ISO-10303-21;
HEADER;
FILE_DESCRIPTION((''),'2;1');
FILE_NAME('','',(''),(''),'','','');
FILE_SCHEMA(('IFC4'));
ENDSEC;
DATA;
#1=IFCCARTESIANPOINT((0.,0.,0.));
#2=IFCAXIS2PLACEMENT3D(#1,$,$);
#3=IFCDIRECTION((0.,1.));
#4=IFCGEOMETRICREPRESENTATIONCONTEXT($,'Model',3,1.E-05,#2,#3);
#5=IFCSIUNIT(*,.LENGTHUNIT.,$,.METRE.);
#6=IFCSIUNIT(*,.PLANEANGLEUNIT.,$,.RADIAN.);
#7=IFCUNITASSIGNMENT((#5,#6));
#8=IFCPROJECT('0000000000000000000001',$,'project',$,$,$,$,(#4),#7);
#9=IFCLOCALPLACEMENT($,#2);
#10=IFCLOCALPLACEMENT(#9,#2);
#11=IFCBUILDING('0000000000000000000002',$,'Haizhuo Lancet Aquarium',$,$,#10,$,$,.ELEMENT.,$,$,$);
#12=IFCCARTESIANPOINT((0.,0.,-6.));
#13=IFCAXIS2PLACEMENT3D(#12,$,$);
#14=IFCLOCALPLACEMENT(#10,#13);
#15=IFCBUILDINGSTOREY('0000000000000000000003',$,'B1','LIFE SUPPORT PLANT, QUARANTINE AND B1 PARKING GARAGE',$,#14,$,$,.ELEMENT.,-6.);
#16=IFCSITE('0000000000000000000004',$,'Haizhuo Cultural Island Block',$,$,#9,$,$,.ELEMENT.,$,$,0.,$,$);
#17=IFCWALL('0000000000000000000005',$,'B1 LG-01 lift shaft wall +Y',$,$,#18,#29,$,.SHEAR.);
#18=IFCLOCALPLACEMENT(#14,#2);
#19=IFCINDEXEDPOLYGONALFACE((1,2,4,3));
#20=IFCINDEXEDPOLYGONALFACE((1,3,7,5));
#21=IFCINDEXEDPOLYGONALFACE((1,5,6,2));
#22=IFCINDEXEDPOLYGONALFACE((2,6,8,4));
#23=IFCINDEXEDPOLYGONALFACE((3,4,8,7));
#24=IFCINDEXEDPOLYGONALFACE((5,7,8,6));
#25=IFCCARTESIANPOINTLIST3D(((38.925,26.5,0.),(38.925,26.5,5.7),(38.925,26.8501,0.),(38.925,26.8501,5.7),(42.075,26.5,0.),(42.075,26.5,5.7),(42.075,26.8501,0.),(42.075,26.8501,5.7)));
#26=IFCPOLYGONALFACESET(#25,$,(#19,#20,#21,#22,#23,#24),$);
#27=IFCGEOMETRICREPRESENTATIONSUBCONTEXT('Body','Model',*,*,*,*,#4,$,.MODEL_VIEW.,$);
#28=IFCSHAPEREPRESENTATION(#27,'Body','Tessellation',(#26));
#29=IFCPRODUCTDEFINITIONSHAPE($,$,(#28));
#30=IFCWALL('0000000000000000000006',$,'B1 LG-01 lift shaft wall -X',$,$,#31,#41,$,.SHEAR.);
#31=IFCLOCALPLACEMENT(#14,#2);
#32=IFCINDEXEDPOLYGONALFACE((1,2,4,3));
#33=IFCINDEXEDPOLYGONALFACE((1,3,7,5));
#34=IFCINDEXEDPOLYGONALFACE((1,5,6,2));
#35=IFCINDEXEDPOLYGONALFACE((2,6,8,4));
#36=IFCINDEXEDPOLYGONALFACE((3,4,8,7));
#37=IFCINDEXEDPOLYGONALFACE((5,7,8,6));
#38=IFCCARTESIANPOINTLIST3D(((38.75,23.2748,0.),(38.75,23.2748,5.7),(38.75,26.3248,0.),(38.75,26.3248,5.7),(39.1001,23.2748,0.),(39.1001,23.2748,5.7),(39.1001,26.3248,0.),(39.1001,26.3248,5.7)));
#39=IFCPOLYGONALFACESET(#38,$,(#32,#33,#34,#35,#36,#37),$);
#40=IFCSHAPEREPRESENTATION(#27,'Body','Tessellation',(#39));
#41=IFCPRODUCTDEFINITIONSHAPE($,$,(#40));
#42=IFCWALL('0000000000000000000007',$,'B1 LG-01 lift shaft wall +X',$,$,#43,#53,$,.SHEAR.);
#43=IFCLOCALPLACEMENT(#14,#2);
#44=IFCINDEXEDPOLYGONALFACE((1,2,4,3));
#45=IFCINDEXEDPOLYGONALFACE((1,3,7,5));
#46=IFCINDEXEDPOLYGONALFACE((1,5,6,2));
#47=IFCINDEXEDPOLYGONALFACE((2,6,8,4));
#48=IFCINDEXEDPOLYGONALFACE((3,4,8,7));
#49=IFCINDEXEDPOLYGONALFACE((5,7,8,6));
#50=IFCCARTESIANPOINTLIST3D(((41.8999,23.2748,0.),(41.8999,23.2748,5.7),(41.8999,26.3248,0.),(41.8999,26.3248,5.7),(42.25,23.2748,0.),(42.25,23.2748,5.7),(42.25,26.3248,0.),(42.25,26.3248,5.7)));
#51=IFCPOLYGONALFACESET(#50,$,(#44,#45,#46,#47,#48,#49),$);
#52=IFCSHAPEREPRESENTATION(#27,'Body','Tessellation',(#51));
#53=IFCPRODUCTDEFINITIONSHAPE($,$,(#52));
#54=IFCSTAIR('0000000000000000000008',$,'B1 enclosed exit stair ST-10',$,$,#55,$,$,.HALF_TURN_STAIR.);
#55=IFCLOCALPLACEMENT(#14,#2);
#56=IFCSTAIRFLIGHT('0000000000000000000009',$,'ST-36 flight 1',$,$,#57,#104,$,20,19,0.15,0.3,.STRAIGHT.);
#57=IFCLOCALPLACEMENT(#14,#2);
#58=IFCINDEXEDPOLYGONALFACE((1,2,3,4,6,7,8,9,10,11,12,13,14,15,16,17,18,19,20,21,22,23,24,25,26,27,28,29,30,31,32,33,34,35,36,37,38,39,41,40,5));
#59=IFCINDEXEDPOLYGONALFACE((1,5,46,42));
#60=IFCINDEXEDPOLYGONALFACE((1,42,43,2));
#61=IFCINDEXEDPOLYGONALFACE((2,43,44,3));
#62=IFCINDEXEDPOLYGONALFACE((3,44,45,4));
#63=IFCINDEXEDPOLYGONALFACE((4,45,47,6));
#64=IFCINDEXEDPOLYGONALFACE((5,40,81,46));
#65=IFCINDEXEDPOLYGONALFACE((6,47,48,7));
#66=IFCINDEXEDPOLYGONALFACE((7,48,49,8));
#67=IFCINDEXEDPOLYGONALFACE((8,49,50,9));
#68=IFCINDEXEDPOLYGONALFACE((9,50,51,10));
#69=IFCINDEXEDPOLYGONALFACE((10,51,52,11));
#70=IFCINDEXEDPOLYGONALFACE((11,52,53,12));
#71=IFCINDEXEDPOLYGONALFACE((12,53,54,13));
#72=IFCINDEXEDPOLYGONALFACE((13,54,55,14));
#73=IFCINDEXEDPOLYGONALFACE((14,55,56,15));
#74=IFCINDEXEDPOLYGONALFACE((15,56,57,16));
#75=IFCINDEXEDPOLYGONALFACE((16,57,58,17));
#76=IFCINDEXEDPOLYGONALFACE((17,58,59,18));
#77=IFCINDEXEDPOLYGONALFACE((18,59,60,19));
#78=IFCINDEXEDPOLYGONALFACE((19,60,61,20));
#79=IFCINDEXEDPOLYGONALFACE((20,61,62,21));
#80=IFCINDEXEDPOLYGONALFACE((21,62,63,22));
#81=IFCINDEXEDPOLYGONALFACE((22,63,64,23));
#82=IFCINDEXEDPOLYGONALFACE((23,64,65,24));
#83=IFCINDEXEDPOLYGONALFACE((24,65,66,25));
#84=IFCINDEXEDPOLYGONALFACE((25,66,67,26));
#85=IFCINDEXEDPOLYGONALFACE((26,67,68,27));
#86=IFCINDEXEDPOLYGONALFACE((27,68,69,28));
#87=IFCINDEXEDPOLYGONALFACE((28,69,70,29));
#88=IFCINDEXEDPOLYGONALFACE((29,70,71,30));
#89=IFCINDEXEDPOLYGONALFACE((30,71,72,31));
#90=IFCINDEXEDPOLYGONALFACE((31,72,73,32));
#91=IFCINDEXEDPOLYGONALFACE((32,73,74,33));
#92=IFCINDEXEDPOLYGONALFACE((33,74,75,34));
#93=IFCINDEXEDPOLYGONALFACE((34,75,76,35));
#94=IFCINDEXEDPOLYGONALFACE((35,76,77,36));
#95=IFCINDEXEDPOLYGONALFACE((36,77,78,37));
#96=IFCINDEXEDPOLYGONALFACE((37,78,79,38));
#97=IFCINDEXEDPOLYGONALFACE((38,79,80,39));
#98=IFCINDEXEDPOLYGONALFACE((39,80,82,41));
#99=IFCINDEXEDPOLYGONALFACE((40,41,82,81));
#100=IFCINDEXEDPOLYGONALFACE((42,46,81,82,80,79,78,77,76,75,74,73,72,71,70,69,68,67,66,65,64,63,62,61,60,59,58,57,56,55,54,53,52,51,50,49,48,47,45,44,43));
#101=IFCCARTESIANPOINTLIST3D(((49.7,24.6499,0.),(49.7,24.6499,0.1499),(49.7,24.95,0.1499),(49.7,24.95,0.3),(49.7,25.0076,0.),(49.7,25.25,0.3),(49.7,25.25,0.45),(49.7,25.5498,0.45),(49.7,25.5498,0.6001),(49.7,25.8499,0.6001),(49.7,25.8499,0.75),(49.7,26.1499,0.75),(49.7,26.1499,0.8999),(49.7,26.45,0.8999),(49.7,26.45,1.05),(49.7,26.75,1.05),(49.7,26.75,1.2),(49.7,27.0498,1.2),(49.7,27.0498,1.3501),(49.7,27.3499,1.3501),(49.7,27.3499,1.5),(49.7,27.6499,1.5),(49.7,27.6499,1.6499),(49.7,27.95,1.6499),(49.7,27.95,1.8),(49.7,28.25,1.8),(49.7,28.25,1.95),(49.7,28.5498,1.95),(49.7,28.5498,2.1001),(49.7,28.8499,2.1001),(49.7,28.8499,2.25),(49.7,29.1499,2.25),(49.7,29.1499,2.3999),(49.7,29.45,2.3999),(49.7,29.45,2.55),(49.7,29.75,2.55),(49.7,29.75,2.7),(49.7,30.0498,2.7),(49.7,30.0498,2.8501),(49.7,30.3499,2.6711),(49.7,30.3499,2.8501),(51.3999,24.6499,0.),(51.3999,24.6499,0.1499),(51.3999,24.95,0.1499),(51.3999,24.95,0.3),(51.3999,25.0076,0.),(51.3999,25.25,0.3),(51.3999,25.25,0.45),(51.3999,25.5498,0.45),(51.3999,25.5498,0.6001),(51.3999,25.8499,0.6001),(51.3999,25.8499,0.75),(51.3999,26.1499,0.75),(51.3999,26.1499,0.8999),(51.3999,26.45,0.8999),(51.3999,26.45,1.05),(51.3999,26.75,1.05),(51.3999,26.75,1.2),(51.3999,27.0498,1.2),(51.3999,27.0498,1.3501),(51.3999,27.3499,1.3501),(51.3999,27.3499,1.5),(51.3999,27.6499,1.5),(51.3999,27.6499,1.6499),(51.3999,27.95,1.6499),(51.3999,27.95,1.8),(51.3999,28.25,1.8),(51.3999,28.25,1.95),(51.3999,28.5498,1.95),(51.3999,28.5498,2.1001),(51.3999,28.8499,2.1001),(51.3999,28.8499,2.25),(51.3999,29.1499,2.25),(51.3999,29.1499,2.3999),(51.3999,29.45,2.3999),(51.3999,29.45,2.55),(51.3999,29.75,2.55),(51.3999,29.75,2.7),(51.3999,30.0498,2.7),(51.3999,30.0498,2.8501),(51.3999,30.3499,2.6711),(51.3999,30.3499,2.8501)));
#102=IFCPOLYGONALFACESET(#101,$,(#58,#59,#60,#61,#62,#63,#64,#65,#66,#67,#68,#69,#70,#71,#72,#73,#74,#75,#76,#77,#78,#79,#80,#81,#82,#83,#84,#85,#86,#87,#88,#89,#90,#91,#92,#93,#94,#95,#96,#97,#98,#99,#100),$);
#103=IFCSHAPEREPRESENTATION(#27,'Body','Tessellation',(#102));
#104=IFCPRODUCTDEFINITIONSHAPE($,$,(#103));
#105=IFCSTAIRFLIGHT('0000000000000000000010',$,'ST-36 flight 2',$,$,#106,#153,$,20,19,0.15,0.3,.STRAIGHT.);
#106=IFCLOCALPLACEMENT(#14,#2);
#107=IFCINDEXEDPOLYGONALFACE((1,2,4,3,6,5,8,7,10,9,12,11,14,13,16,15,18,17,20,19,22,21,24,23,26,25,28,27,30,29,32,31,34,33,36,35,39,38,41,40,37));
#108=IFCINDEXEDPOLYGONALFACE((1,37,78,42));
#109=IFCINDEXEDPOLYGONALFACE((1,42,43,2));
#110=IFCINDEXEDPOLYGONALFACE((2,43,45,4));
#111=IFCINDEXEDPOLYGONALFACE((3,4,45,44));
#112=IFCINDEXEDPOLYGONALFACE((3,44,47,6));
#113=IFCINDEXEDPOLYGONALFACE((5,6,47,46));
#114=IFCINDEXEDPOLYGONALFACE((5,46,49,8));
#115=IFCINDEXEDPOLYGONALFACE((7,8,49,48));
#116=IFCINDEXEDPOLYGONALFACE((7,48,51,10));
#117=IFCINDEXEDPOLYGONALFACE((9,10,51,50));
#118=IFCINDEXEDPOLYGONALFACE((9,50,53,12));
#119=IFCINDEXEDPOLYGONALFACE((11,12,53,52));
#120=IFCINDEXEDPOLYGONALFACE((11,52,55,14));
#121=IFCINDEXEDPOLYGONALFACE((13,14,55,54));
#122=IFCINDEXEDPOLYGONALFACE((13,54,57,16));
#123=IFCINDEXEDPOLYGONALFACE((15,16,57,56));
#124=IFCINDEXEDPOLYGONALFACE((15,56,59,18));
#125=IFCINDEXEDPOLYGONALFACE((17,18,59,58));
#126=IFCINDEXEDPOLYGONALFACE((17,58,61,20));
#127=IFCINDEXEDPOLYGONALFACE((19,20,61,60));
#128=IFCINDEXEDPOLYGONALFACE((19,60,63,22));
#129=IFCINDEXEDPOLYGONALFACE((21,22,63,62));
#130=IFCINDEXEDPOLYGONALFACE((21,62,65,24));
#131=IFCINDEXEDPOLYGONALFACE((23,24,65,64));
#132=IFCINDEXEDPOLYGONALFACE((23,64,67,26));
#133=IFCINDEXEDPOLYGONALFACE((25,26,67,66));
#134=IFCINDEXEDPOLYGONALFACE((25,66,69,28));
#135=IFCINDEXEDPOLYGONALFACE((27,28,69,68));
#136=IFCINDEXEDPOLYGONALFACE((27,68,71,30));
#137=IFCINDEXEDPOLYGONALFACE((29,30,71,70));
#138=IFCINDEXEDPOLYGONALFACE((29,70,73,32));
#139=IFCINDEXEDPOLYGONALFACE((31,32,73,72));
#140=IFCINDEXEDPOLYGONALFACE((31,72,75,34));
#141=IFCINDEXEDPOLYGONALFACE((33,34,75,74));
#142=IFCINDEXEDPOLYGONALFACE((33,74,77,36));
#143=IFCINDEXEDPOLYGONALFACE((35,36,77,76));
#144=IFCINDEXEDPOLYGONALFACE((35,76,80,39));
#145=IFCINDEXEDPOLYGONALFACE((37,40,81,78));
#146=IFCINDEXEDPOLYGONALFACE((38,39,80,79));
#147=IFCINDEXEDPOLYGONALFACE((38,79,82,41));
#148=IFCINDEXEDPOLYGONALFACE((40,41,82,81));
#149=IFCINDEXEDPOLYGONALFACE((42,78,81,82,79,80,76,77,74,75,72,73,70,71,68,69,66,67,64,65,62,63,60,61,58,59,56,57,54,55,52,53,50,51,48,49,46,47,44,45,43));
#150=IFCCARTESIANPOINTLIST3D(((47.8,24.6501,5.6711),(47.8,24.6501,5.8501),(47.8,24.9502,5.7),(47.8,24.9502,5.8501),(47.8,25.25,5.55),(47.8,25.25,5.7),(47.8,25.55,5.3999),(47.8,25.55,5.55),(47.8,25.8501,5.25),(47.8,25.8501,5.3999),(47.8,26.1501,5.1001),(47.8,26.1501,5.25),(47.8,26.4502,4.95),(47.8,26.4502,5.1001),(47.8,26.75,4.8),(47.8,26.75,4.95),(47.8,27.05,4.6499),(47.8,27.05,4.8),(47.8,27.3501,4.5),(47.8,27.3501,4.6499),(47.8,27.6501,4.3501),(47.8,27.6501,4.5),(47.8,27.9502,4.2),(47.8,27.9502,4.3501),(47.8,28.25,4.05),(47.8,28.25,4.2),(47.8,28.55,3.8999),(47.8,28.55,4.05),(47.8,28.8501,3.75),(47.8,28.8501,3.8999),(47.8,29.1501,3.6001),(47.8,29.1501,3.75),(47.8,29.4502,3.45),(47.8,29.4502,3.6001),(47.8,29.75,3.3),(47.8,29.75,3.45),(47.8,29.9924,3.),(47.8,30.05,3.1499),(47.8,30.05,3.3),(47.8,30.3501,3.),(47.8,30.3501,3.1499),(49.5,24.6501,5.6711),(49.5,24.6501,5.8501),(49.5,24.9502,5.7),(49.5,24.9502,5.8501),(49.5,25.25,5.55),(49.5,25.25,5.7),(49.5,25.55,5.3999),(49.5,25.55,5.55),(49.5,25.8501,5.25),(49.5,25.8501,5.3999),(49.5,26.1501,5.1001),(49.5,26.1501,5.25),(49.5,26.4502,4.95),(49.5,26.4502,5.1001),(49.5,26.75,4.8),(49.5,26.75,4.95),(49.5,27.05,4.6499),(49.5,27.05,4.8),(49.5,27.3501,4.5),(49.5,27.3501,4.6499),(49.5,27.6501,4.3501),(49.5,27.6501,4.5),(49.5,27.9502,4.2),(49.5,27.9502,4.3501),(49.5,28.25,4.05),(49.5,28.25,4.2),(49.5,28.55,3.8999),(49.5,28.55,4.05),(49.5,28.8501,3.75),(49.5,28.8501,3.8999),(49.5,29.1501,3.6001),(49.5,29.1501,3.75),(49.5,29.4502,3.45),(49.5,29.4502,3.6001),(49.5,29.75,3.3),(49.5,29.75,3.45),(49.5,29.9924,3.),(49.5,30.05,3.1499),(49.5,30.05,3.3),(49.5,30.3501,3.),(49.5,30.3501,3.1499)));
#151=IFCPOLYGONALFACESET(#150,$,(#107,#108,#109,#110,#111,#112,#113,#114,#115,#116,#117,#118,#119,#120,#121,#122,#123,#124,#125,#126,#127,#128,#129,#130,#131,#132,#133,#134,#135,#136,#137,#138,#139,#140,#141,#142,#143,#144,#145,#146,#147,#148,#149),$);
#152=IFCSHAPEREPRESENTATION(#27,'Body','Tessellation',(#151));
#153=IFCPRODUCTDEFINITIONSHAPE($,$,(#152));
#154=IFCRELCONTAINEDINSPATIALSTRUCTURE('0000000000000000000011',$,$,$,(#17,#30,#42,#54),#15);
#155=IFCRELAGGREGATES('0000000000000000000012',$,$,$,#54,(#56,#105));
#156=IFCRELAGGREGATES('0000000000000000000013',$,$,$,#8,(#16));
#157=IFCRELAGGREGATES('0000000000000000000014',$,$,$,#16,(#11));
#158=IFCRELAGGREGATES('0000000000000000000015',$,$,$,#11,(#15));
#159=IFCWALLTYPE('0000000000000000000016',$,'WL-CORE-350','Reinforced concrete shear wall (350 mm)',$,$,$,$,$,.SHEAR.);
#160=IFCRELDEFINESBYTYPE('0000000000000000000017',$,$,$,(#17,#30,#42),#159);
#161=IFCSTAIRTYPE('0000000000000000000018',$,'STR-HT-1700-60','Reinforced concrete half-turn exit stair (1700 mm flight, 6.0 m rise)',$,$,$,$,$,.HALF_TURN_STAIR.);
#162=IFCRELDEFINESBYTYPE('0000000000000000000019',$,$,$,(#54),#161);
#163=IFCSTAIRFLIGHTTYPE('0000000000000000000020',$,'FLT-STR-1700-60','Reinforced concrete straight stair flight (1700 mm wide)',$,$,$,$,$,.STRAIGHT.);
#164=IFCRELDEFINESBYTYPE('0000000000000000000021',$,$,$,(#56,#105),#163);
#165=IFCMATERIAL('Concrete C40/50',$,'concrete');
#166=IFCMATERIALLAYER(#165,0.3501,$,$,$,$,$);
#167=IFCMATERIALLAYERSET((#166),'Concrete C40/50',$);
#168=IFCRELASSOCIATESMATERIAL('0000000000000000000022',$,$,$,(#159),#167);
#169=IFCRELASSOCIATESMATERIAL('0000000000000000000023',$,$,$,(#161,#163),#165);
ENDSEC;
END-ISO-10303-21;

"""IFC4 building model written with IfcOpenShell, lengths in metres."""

from ifc_helpers import new_model, si_unit, direction, frame, frame_2d, origin, place, context, subcontext, project, spatial, polyline, rectangle, outline, extrude, material, layer, layer_set, type_object, element, aggregate, save


model = new_model("IFC4")

# Units and contexts
model_context = context("Model", 3, precision=1e-05, world=origin(), true_north=direction((0.0, 1.0)))
body_context = subcontext(model_context, "Body", "Model", "MODEL_VIEW")
ifc_project = project(units=[si_unit("LENGTHUNIT", "METRE"), si_unit("PLANEANGLEUNIT", "RADIAN")], contexts=[model_context])

# Site, building, storey
site_placement = place(None, origin())
site = spatial("IfcSite", under=ifc_project, at=site_placement, Name="Haizhuo Cultural Island Block", CompositionType="ELEMENT", RefElevation=0.0)
building_placement = place(site_placement, origin())
building = spatial("IfcBuilding", under=site, at=building_placement, Name="Haizhuo Lancet Aquarium", CompositionType="ELEMENT")
storey_placement = place(building_placement, frame((0.0, 0.0, -6.0)))
storey = spatial("IfcBuildingStorey", under=building, at=storey_placement, Name="B1", Description="LIFE SUPPORT PLANT, QUARANTINE AND B1 PARKING GARAGE", CompositionType="ELEMENT", Elevation=-6.0)

# Shared definitions
ifc_material_1 = material(Name="Concrete C40/50", Category="concrete")

# Shared definitions
ifc_layer = layer(ifc_material_1, 0.3501)
ifc_layer_set = layer_set([ifc_layer], Name="Concrete C40/50")
wall_type = type_object("IfcWallType", Name="WL-CORE-350", Description="Reinforced concrete shear wall (350 mm)", PredefinedType="SHEAR", material=ifc_layer_set)

# Walls
wall_1_placement = place(storey_placement, frame((42.075, 26.675, 0.0), z_axis=(0.0, 0.0, 1.0), x_axis=(-1.0, 0.0, 0.0)))
element("IfcWall", 1, at=wall_1_placement, inside=storey, type_object=wall_type, Name="B1 LG-01 lift shaft wall +Y", PredefinedType="SHEAR", context=body_context, shape_type="SweptSolid", body=[
    extrude(rectangle(XDim=3.1499, YDim=0.3501, at=frame_2d((1.575, 0.0))), origin(), (0.0, 0.0, 1.0), 5.7),
])
for number, where, z_axis, x_axis, name in (
    (2, (38.925, 23.2749, 0.0), (0.0, 0.0, 1.0), (0.0, 1.0, 0.0), "B1 LG-01 lift shaft wall -X"),
    (3, (42.075, 23.2749, 0.0), (0.0, 0.0, 1.0), (0.0, 1.0, 0.0), "B1 LG-01 lift shaft wall +X"),
):
    element("IfcWall", number, at=place(storey_placement, frame(where, z_axis=z_axis, x_axis=x_axis)), inside=storey, type_object=wall_type, Name=name, PredefinedType="SHEAR", context=body_context, shape_type="SweptSolid", body=[
        extrude(rectangle(XDim=3.05, YDim=0.3501, at=frame_2d((1.5249, 0.0))), origin(), (0.0, 0.0, 1.0), 5.7),
    ])

# Stair, stair flights
stair_type = type_object("IfcStairType", Name="STR-HT-1700-60", Description="Reinforced concrete half-turn exit stair (1700 mm flight, 6.0 m rise)", PredefinedType="HALF_TURN_STAIR", material=ifc_material_1)
stair_placement = place(storey_placement, origin())
stair = element("IfcStair", 4, at=stair_placement, inside=storey, type_object=stair_type, Name="B1 enclosed exit stair ST-10", PredefinedType="HALF_TURN_STAIR")
stair_flight_type = type_object("IfcStairFlightType", Name="FLT-STR-1700-60", Description="Reinforced concrete straight stair flight (1700 mm wide)", PredefinedType="STRAIGHT", material=ifc_material_1)
stair_flight_1_placement = place(storey_placement, frame((50.55, 24.6499, 0.0), z_axis=(0.0, 0.0, 1.0), x_axis=(0.0, 1.0, 0.0)))
stair_flight_1 = element("IfcStairFlight", 5, at=stair_flight_1_placement, type_object=stair_flight_type, Name="ST-36 flight 1", NumberOfRisers=20, NumberOfTreads=19, PredefinedType="STRAIGHT", RiserHeight=0.15, TreadLength=0.3, context=body_context, shape_type="SweptSolid", body=[
    extrude(outline(polyline([(0.0, 0.0), (0.0, 0.1499), (0.3, 0.1499), (0.3, 0.3), (0.6001, 0.3), (0.6001, 0.45), (0.8999, 0.45), (0.8999, 0.6001), (1.2, 0.6001), (1.2, 0.75), (1.5, 0.75), (1.5, 0.8999), (1.8, 0.8999), (1.8, 1.05), (2.1001, 1.05), (2.1001, 1.2), (2.3999, 1.2), (2.3999, 1.3501), (2.7, 1.3501), (2.7, 1.5), (3.0, 1.5), (3.0, 1.6499), (3.3, 1.6499), (3.3, 1.8), (3.6001, 1.8), (3.6001, 1.95), (3.8999, 1.95), (3.8999, 2.1001), (4.2, 2.1001), (4.2, 2.25), (4.5, 2.25), (4.5, 2.3999), (4.8, 2.3999), (4.8, 2.55), (5.1001, 2.55), (5.1001, 2.7), (5.3999, 2.7), (5.3999, 2.8501), (5.7, 2.8501), (5.7, 3.0), (5.7, 2.6711), (0.3577, 0.0), (0.0, 0.0)])), frame((0.0, 0.8501, 0.0), z_axis=(0.0, -1.0, 0.0), x_axis=(1.0, 0.0, 0.0)), (0.0, 0.0, 1.0), 1.7),
])
stair_flight_2_placement = place(storey_placement, frame((48.6499, 30.3501, 3.0), z_axis=(0.0, 0.0, 1.0), x_axis=(0.0, -1.0, 0.0)))
stair_flight_2 = element("IfcStairFlight", 6, at=stair_flight_2_placement, type_object=stair_flight_type, Name="ST-36 flight 2", NumberOfRisers=20, NumberOfTreads=19, PredefinedType="STRAIGHT", RiserHeight=0.15, TreadLength=0.3, context=body_context, shape_type="SweptSolid", body=[
    extrude(outline(polyline([(0.0, 0.0), (0.0, 0.1499), (0.3, 0.1499), (0.3, 0.3), (0.6001, 0.3), (0.6001, 0.45), (0.8999, 0.45), (0.8999, 0.6001), (1.2, 0.6001), (1.2, 0.75), (1.5, 0.75), (1.5, 0.8999), (1.8, 0.8999), (1.8, 1.05), (2.1001, 1.05), (2.1001, 1.2), (2.3999, 1.2), (2.3999, 1.3501), (2.7, 1.3501), (2.7, 1.5), (3.0, 1.5), (3.0, 1.6499), (3.3, 1.6499), (3.3, 1.8), (3.6001, 1.8), (3.6001, 1.95), (3.8999, 1.95), (3.8999, 2.1001), (4.2, 2.1001), (4.2, 2.25), (4.5, 2.25), (4.5, 2.3999), (4.8, 2.3999), (4.8, 2.55), (5.1001, 2.55), (5.1001, 2.7), (5.3999, 2.7), (5.3999, 2.8501), (5.7, 2.8501), (5.7, 3.0), (5.7, 2.6711), (0.3577, 0.0), (0.0, 0.0)])), frame((0.0, 0.8501, 0.0), z_axis=(0.0, -1.0, 0.0), x_axis=(1.0, 0.0, 0.0)), (0.0, 0.0, 1.0), 1.7),
])
aggregate(stair, [stair_flight_1, stair_flight_2])

save(model, "model.ifc")
